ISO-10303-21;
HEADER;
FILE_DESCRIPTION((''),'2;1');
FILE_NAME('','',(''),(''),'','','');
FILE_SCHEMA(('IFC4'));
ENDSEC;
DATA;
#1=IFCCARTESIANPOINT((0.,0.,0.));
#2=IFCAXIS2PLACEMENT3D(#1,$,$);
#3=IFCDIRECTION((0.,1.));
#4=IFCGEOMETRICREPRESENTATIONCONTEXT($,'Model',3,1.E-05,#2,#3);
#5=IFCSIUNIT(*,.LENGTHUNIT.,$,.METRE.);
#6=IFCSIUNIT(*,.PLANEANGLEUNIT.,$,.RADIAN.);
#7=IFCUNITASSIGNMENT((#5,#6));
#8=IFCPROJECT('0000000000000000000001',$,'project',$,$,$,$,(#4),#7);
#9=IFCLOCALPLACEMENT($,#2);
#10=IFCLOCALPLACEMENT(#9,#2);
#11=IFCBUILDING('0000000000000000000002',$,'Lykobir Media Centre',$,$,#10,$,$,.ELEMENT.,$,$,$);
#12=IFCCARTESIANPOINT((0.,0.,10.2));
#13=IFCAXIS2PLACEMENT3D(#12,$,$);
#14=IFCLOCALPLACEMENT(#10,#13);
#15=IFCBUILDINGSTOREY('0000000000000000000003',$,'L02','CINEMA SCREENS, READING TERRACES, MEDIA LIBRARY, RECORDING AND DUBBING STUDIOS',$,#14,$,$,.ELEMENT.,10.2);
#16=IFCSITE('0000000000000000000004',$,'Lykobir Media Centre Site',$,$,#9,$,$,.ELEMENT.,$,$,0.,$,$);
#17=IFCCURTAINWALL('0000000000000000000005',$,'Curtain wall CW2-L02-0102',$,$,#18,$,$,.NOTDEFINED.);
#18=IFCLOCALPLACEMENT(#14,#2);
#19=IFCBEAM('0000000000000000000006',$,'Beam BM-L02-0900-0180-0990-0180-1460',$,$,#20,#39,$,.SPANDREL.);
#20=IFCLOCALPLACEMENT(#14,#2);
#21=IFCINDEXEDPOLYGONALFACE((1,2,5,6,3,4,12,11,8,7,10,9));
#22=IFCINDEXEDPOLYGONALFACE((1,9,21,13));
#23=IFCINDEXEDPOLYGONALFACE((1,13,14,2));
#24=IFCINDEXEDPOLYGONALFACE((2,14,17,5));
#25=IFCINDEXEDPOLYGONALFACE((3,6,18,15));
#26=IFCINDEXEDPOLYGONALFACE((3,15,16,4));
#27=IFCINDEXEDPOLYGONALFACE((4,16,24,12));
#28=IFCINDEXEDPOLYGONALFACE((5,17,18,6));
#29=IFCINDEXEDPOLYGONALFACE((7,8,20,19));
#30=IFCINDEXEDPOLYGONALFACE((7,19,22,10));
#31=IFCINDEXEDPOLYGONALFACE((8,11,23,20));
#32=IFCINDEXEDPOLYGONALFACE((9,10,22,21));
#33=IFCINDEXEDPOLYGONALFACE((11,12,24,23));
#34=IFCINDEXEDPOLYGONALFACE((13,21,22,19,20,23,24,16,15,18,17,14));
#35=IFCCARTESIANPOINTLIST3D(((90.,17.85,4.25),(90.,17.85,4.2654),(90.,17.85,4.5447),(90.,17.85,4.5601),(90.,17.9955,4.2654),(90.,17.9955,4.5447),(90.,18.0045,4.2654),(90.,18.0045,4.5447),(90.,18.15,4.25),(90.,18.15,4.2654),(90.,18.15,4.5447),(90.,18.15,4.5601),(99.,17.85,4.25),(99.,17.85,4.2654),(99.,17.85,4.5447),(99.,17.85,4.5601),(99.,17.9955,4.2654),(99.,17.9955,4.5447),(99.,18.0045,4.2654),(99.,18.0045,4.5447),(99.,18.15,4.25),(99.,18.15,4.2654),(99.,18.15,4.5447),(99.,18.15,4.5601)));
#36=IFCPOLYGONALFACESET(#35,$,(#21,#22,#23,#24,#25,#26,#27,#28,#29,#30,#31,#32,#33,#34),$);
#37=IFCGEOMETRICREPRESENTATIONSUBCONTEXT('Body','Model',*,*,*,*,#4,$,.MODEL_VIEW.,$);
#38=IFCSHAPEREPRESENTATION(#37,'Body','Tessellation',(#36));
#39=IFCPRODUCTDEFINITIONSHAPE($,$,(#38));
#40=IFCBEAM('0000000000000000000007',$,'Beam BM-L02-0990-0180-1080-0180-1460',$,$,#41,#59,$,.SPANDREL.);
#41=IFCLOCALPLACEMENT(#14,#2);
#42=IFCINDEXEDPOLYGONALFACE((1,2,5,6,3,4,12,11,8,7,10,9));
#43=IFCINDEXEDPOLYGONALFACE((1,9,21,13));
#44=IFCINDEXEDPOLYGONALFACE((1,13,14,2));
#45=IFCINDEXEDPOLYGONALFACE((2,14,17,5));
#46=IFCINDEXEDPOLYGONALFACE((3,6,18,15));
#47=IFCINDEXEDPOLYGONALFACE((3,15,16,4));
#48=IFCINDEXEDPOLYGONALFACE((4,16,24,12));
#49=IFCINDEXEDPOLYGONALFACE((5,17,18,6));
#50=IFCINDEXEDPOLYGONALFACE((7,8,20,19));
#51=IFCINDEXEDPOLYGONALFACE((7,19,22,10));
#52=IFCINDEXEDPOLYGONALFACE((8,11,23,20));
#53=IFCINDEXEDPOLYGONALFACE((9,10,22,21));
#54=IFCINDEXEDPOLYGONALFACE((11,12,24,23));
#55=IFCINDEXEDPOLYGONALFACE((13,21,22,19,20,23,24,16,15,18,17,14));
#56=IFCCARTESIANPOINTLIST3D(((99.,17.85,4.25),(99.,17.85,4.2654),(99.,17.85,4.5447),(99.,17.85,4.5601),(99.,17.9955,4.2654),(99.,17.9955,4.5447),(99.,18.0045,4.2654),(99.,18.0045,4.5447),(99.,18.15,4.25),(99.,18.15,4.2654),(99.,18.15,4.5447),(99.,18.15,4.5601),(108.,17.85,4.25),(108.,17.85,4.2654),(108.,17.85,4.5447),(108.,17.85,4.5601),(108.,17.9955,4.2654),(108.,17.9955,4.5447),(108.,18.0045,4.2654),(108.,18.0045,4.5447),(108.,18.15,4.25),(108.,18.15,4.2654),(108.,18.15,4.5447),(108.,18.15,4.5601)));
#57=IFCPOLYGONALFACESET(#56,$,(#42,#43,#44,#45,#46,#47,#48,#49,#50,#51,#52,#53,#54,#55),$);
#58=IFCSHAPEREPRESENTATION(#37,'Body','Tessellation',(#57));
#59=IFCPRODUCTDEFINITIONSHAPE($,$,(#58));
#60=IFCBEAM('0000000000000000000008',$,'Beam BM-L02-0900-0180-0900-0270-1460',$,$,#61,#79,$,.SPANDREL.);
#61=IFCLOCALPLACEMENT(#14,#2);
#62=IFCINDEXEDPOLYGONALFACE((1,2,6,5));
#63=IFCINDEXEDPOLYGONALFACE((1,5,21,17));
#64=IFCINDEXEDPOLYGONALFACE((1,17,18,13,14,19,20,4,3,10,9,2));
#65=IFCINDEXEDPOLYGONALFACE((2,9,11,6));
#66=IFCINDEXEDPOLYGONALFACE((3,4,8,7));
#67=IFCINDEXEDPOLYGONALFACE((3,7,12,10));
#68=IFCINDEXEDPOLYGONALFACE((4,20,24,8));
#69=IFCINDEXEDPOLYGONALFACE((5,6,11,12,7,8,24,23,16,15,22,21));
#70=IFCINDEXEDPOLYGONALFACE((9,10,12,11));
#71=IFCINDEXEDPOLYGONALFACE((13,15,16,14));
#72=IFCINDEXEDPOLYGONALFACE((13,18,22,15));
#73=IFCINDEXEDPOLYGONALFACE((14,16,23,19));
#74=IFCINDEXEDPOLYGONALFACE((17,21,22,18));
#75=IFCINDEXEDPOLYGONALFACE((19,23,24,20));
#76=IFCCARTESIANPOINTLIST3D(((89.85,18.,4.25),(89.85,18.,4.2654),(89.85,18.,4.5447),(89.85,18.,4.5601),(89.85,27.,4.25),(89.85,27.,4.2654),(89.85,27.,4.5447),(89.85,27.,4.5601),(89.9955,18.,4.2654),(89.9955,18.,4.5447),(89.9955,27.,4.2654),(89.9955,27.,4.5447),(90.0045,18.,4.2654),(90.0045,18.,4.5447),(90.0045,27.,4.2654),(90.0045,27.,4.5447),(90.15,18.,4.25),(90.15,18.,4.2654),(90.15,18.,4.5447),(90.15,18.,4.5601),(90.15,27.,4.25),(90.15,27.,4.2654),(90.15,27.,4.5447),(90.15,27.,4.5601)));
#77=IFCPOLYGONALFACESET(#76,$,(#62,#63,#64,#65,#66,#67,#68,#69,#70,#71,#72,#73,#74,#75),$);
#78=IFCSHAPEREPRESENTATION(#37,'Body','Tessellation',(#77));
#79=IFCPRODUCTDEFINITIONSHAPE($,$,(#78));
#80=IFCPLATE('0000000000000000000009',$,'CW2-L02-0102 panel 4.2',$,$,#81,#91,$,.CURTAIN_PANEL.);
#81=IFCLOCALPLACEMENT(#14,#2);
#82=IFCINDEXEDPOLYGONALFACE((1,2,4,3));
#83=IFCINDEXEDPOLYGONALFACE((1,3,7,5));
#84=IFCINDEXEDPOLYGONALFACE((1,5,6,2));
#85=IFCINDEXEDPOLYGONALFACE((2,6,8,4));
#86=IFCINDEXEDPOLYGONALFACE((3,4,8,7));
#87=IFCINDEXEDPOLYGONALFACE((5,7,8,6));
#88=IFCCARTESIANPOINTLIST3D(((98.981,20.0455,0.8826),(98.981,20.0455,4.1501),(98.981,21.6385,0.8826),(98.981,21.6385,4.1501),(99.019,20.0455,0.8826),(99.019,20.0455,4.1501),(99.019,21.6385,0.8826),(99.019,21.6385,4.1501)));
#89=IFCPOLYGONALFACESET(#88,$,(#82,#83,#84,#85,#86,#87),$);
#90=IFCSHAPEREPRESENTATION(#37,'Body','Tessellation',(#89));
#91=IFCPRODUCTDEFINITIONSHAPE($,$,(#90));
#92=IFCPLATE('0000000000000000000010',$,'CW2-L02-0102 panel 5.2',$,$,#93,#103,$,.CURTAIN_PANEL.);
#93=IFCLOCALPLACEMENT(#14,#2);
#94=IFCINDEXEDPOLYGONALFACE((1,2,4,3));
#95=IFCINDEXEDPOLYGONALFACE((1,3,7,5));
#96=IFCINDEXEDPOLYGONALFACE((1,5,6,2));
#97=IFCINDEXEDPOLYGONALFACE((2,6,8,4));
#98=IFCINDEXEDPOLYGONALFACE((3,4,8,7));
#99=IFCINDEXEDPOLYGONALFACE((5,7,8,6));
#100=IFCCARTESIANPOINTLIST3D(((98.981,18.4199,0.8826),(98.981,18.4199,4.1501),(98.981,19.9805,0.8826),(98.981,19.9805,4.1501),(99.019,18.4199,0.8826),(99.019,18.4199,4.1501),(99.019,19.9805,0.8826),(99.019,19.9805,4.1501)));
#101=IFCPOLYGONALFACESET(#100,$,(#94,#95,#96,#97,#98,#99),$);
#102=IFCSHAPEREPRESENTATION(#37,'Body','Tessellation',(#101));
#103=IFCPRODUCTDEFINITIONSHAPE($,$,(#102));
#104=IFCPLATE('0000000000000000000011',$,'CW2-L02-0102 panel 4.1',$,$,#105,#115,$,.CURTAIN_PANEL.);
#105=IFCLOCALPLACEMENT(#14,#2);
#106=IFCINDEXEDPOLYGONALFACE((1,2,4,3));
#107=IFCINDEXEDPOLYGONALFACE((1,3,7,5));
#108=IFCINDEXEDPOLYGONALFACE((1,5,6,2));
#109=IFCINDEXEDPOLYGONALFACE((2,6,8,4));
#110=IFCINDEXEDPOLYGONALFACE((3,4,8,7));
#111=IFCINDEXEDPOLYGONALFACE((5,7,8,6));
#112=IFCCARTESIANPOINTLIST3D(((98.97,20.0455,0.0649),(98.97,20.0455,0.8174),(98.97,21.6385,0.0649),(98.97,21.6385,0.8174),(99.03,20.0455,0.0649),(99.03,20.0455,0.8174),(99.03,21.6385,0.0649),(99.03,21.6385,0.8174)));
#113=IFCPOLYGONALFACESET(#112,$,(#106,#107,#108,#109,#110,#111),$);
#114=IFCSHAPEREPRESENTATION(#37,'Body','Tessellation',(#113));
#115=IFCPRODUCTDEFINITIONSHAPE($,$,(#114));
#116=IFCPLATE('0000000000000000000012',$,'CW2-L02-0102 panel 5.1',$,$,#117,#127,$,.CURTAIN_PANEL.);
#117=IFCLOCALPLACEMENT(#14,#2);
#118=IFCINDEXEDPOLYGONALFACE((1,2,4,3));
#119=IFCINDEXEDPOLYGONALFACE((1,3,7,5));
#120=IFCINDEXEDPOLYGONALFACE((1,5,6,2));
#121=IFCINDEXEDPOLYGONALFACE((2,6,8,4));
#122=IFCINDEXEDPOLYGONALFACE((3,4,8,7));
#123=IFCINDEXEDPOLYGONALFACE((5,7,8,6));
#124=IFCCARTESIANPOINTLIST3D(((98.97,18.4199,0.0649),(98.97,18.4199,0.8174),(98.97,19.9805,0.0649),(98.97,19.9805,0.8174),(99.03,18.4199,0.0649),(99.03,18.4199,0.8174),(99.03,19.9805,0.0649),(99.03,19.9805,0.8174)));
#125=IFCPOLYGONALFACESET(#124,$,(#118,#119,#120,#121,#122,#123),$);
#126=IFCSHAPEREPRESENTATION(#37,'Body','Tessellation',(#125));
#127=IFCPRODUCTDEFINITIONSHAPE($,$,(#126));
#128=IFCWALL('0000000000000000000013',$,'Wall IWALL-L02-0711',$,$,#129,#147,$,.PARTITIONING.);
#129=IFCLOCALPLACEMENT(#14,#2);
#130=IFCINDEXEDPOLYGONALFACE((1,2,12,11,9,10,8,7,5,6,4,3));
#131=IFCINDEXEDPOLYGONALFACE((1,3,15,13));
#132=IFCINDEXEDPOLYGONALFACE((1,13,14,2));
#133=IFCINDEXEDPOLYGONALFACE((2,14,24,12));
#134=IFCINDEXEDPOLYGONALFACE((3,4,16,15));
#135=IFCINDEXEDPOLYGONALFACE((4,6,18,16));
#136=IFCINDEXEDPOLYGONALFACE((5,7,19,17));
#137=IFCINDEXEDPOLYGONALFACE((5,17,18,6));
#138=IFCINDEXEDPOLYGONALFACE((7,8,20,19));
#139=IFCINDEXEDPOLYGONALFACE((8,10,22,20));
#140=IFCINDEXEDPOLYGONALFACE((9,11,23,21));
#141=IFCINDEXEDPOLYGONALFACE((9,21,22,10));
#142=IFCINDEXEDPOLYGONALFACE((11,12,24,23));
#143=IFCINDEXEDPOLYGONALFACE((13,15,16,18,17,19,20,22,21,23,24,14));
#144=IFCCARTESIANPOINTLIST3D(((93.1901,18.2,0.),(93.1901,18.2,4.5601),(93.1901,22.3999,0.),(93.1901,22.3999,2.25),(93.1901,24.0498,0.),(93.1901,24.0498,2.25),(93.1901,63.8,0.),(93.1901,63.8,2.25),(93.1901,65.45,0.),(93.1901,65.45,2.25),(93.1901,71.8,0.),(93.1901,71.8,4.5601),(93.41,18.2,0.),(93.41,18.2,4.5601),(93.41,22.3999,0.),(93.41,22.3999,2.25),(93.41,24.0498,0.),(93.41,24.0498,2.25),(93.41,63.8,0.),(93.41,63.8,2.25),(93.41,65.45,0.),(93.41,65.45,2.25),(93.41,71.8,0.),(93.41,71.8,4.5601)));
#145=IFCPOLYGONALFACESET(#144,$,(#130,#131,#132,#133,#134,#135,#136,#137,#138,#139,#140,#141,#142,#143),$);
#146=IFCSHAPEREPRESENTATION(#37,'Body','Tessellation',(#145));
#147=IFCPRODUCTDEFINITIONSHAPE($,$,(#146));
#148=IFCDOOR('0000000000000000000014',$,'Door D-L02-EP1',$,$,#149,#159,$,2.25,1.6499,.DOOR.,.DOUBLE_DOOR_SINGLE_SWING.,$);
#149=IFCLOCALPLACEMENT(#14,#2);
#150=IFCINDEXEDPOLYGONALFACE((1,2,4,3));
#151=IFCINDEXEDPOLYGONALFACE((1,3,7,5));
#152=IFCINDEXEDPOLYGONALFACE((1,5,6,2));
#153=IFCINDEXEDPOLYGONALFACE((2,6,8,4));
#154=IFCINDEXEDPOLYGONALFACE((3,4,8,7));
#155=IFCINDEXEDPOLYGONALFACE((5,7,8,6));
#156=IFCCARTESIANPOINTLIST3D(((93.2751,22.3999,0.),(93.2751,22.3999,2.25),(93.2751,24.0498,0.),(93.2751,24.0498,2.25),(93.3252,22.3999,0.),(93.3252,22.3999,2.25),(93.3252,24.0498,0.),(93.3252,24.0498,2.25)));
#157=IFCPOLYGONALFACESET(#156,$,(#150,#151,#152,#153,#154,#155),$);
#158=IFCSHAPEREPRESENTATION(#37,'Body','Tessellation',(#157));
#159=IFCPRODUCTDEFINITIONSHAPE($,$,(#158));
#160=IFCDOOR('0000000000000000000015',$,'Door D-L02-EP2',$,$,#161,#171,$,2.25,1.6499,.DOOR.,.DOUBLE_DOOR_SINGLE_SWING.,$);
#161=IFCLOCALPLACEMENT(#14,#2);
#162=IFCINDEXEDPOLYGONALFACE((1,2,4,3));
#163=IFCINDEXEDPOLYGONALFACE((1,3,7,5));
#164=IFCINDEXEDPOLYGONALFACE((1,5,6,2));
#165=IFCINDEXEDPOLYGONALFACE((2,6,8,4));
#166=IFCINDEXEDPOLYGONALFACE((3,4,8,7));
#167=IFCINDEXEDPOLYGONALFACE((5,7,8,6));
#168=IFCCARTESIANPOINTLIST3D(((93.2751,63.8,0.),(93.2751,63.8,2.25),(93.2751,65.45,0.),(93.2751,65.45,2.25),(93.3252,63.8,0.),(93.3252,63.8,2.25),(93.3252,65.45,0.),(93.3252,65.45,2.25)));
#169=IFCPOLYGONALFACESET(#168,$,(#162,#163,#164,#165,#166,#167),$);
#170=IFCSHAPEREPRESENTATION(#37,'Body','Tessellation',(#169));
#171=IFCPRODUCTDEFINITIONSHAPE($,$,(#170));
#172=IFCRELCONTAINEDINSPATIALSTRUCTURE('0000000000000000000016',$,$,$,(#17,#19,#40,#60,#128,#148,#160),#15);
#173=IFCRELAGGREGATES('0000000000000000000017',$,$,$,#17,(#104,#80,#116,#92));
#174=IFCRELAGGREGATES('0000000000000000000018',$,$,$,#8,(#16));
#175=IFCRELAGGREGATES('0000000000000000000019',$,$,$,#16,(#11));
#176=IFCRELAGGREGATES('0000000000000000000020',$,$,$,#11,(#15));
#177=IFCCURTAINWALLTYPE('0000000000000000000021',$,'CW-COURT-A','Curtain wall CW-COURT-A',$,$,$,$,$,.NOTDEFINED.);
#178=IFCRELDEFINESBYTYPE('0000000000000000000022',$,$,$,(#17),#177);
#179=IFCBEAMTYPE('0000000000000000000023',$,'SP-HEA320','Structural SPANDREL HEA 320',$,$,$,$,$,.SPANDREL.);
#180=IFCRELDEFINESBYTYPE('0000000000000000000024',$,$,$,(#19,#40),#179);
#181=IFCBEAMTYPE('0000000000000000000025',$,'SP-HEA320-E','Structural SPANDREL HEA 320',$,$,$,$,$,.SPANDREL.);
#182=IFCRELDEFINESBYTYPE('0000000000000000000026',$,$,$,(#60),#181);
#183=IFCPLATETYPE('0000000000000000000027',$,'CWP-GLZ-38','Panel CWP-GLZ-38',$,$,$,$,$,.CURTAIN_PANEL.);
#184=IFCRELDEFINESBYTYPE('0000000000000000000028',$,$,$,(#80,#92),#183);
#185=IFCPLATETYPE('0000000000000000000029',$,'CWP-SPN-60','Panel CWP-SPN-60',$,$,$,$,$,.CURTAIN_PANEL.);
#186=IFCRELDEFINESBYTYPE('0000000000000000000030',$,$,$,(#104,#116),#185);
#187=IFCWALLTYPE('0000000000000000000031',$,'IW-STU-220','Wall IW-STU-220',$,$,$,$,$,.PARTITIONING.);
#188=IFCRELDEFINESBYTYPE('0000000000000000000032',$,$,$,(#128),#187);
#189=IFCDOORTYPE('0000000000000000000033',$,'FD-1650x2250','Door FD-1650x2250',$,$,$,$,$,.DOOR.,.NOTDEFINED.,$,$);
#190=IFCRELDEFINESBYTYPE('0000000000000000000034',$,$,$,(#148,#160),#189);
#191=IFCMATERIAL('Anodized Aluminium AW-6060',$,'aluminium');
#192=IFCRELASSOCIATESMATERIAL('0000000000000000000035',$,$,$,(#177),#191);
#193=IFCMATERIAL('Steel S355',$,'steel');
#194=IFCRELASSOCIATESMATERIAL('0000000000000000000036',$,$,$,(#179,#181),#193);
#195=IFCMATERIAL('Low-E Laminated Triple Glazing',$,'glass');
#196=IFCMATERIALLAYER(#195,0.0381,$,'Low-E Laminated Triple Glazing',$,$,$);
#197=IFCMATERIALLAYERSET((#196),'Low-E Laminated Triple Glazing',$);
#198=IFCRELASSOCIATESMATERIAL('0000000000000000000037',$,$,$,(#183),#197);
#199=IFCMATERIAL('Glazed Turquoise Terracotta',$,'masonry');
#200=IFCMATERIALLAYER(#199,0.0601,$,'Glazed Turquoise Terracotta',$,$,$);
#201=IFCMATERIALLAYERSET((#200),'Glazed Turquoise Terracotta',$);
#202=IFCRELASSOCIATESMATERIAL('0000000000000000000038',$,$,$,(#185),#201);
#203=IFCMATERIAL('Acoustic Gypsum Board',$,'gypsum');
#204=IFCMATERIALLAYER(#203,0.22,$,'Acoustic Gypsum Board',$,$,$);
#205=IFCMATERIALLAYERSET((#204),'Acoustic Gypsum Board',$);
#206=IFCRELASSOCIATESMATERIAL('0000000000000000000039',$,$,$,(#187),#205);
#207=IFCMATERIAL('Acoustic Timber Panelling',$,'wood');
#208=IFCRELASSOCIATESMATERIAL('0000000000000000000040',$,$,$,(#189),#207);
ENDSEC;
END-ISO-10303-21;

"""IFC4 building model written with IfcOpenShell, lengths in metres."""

from ifc_helpers import new_model, si_unit, direction, frame, frame_2d, origin, origin_2d, place, context, subcontext, project, spatial, rectangle, i_section, extrude, material, layer, layer_set, material_profile, profile_set, type_object, element, fill, aggregate, save


model = new_model("IFC4")

# Units and contexts
model_context = context("Model", 3, precision=1e-05, world=origin(), true_north=direction((0.0, 1.0)))
body_context = subcontext(model_context, "Body", "Model", "MODEL_VIEW")
ifc_project = project(units=[si_unit("LENGTHUNIT", "METRE"), si_unit("PLANEANGLEUNIT", "RADIAN")], contexts=[model_context])

# Site, building, storey
site_placement = place(None, origin())
site = spatial("IfcSite", under=ifc_project, at=site_placement, Name="Lykobir Media Centre Site", CompositionType="ELEMENT", RefElevation=0.0)
building_placement = place(site_placement, origin())
building = spatial("IfcBuilding", under=site, at=building_placement, Name="Lykobir Media Centre", CompositionType="ELEMENT")
storey_placement = place(building_placement, frame((0.0, 0.0, 10.2)))
storey = spatial("IfcBuildingStorey", under=building, at=storey_placement, Name="L02", Description="CINEMA SCREENS, READING TERRACES, MEDIA LIBRARY, RECORDING AND DUBBING STUDIOS", CompositionType="ELEMENT", Elevation=10.2)

# Shared definitions
ifc_material_1 = material(Name="Steel S355", Category="steel")

# Curtain wall
ifc_material_2 = material(Name="Anodized Aluminium AW-6060", Category="aluminium")
curtain_wall_type = type_object("IfcCurtainWallType", Name="CW-COURT-A", Description="Curtain wall CW-COURT-A", PredefinedType="NOTDEFINED", material=ifc_material_2)
curtain_wall_placement = place(storey_placement, origin())
curtain_wall = element("IfcCurtainWall", 1, at=curtain_wall_placement, inside=storey, type_object=curtain_wall_type, Name="Curtain wall CW2-L02-0102", PredefinedType="NOTDEFINED")

# Beams
ifc_material_profile_1 = material_profile(ifc_material_1, i_section(OverallWidth=0.3, OverallDepth=0.3101, WebThickness=0.009, FlangeThickness=0.0154, at=origin_2d()), Name="HEA 320")
ifc_profile_set_1 = profile_set([ifc_material_profile_1], Name="Steel S355")
beam_type_1 = type_object("IfcBeamType", Name="SP-HEA320", Description="Structural SPANDREL HEA 320", PredefinedType="SPANDREL", material=ifc_profile_set_1)
for number, where, z_axis, x_axis, name in (
    (2, (90.0, 18.0, 4.405), (1.0, 0.0, 0.0), (0.0, 1.0, 0.0), "Beam BM-L02-0900-0180-0990-0180-1460"),
    (3, (99.0, 18.0, 4.405), (1.0, 0.0, 0.0), (0.0, 1.0, 0.0), "Beam BM-L02-0990-0180-1080-0180-1460"),
):
    element("IfcBeam", number, at=place(storey_placement, frame(where, z_axis=z_axis, x_axis=x_axis)), inside=storey, type_object=beam_type_1, Name=name, PredefinedType="SPANDREL", context=body_context, shape_type="SweptSolid", body=[
        extrude(i_section(OverallWidth=0.3, OverallDepth=0.3101, WebThickness=0.009, FlangeThickness=0.0154, at=origin_2d()), origin(), (0.0, 0.0, 1.0), 9.0),
    ])
ifc_material_profile_2 = material_profile(ifc_material_1, i_section(OverallWidth=0.3, OverallDepth=0.3101, WebThickness=0.009, FlangeThickness=0.0154, at=origin_2d()), Name="HEA 320")
ifc_profile_set_2 = profile_set([ifc_material_profile_2], Name="Steel S355")
beam_type_2 = type_object("IfcBeamType", Name="SP-HEA320-E", Description="Structural SPANDREL HEA 320", PredefinedType="SPANDREL", material=ifc_profile_set_2)
beam_1_placement = place(storey_placement, frame((90.0, 18.0, 4.405), z_axis=(0.0, 1.0, 0.0), x_axis=(-1.0, 0.0, 0.0)))
element("IfcBeam", 4, at=beam_1_placement, inside=storey, type_object=beam_type_2, Name="Beam BM-L02-0900-0180-0900-0270-1460", PredefinedType="SPANDREL", context=body_context, shape_type="SweptSolid", body=[
    extrude(i_section(OverallWidth=0.3, OverallDepth=0.3101, WebThickness=0.009, FlangeThickness=0.0154, at=origin_2d()), origin(), (0.0, 0.0, 1.0), 9.0),
])

# Plates
ifc_material_3 = material(Name="Low-E Laminated Triple Glazing", Category="glass")
ifc_layer_1 = layer(ifc_material_3, 0.0381, Name="Low-E Laminated Triple Glazing")
ifc_layer_set_1 = layer_set([ifc_layer_1], Name="Low-E Laminated Triple Glazing")
plate_type_1 = type_object("IfcPlateType", Name="CWP-GLZ-38", Description="Panel CWP-GLZ-38", PredefinedType="CURTAIN_PANEL", material=ifc_layer_set_1)
plate_1_placement = place(storey_placement, frame((99.0, 20.842, 0.8826), z_axis=(0.0, 0.0, 1.0), x_axis=(0.0, -1.0, 0.0)))
plate_1 = element("IfcPlate", 5, at=plate_1_placement, type_object=plate_type_1, Name="CW2-L02-0102 panel 4.2", PredefinedType="CURTAIN_PANEL", context=body_context, shape_type="SweptSolid", body=[
    extrude(rectangle(XDim=1.593, YDim=0.0381, at=origin_2d()), origin(), (0.0, 0.0, 1.0), 3.2676),
])
plate_2_placement = place(storey_placement, frame((99.0, 19.2002, 0.8826), z_axis=(0.0, 0.0, 1.0), x_axis=(0.0, -1.0, 0.0)))
plate_2 = element("IfcPlate", 6, at=plate_2_placement, type_object=plate_type_1, Name="CW2-L02-0102 panel 5.2", PredefinedType="CURTAIN_PANEL", context=body_context, shape_type="SweptSolid", body=[
    extrude(rectangle(XDim=1.5605, YDim=0.0381, at=origin_2d()), origin(), (0.0, 0.0, 1.0), 3.2676),
])
ifc_material_4 = material(Name="Glazed Turquoise Terracotta", Category="masonry")
ifc_layer_2 = layer(ifc_material_4, 0.0601, Name="Glazed Turquoise Terracotta")
ifc_layer_set_2 = layer_set([ifc_layer_2], Name="Glazed Turquoise Terracotta")
plate_type_2 = type_object("IfcPlateType", Name="CWP-SPN-60", Description="Panel CWP-SPN-60", PredefinedType="CURTAIN_PANEL", material=ifc_layer_set_2)
plate_3_placement = place(storey_placement, frame((99.0, 20.842, 0.0649), z_axis=(0.0, 0.0, 1.0), x_axis=(0.0, -1.0, 0.0)))
plate_3 = element("IfcPlate", 7, at=plate_3_placement, type_object=plate_type_2, Name="CW2-L02-0102 panel 4.1", PredefinedType="CURTAIN_PANEL", context=body_context, shape_type="SweptSolid", body=[
    extrude(rectangle(XDim=1.593, YDim=0.0601, at=origin_2d()), origin(), (0.0, 0.0, 1.0), 0.7524),
])
plate_4_placement = place(storey_placement, frame((99.0, 19.2002, 0.0649), z_axis=(0.0, 0.0, 1.0), x_axis=(0.0, -1.0, 0.0)))
plate_4 = element("IfcPlate", 8, at=plate_4_placement, type_object=plate_type_2, Name="CW2-L02-0102 panel 5.1", PredefinedType="CURTAIN_PANEL", context=body_context, shape_type="SweptSolid", body=[
    extrude(rectangle(XDim=1.5605, YDim=0.0601, at=origin_2d()), origin(), (0.0, 0.0, 1.0), 0.7524),
])
aggregate(curtain_wall, [plate_3, plate_1, plate_4, plate_2])

# Wall, openings, doors
ifc_material_5 = material(Name="Acoustic Gypsum Board", Category="gypsum")
ifc_layer_3 = layer(ifc_material_5, 0.22, Name="Acoustic Gypsum Board")
ifc_layer_set_3 = layer_set([ifc_layer_3], Name="Acoustic Gypsum Board")
wall_type = type_object("IfcWallType", Name="IW-STU-220", Description="Wall IW-STU-220", PredefinedType="PARTITIONING", material=ifc_layer_set_3)
wall_placement = place(storey_placement, frame((93.3, 18.2, 0.0), z_axis=(0.0, 0.0, 1.0), x_axis=(0.0, 1.0, 0.0)))
wall = element("IfcWall", 9, at=wall_placement, inside=storey, type_object=wall_type, Name="Wall IWALL-L02-0711", PredefinedType="PARTITIONING", context=body_context, shape_type="SweptSolid", body=[
    extrude(rectangle(XDim=53.6001, YDim=0.22, at=frame_2d((26.8, 0.0))), origin(), (0.0, 0.0, 1.0), 4.5601),
])
opening_1_placement = place(wall_placement, frame((4.2, 0.0, 0.0)))
opening_1 = element("IfcOpeningElement", 10, at=opening_1_placement, cuts=wall, PredefinedType="OPENING", context=body_context, shape_type="SweptSolid", body=[
    extrude(rectangle(XDim=1.6499, YDim=2.25, at=frame_2d((0.825, 1.125))), frame((0.0, 0.1199, 0.0), z_axis=(0.0, -1.0, 0.0), x_axis=(1.0, 0.0, 0.0)), (0.0, 0.0, 1.0), 0.24),
])
opening_2_placement = place(wall_placement, frame((45.6001, 0.0, 0.0)))
opening_2 = element("IfcOpeningElement", 11, at=opening_2_placement, cuts=wall, PredefinedType="OPENING", context=body_context, shape_type="SweptSolid", body=[
    extrude(rectangle(XDim=1.6499, YDim=2.25, at=frame_2d((0.825, 1.125))), frame((0.0, 0.1199, 0.0), z_axis=(0.0, -1.0, 0.0), x_axis=(1.0, 0.0, 0.0)), (0.0, 0.0, 1.0), 0.24),
])
ifc_material_6 = material(Name="Acoustic Timber Panelling", Category="wood")
door_type = type_object("IfcDoorType", Name="FD-1650x2250", Description="Door FD-1650x2250", OperationType="NOTDEFINED", PredefinedType="DOOR", material=ifc_material_6)
door_1_placement = place(opening_1_placement, origin())
door_1 = element("IfcDoor", 12, at=door_1_placement, inside=storey, type_object=door_type, Name="Door D-L02-EP1", OperationType="DOUBLE_DOOR_SINGLE_SWING", OverallHeight=2.25, OverallWidth=1.6499, PredefinedType="DOOR", context=body_context, shape_type="SweptSolid", body=[
    extrude(rectangle(XDim=1.6499, YDim=2.25, at=frame_2d((0.825, 1.125))), frame((0.0, 0.0249, 0.0), z_axis=(0.0, -1.0, 0.0), x_axis=(1.0, 0.0, 0.0)), (0.0, 0.0, 1.0), 0.05),
])
fill(opening_1, door_1)
door_2_placement = place(opening_2_placement, origin())
door_2 = element("IfcDoor", 13, at=door_2_placement, inside=storey, type_object=door_type, Name="Door D-L02-EP2", OperationType="DOUBLE_DOOR_SINGLE_SWING", OverallHeight=2.25, OverallWidth=1.6499, PredefinedType="DOOR", context=body_context, shape_type="SweptSolid", body=[
    extrude(rectangle(XDim=1.6499, YDim=2.25, at=frame_2d((0.825, 1.125))), frame((0.0, 0.0249, 0.0), z_axis=(0.0, -1.0, 0.0), x_axis=(1.0, 0.0, 0.0)), (0.0, 0.0, 1.0), 0.05),
])
fill(opening_2, door_2)

save(model, "model.ifc")
